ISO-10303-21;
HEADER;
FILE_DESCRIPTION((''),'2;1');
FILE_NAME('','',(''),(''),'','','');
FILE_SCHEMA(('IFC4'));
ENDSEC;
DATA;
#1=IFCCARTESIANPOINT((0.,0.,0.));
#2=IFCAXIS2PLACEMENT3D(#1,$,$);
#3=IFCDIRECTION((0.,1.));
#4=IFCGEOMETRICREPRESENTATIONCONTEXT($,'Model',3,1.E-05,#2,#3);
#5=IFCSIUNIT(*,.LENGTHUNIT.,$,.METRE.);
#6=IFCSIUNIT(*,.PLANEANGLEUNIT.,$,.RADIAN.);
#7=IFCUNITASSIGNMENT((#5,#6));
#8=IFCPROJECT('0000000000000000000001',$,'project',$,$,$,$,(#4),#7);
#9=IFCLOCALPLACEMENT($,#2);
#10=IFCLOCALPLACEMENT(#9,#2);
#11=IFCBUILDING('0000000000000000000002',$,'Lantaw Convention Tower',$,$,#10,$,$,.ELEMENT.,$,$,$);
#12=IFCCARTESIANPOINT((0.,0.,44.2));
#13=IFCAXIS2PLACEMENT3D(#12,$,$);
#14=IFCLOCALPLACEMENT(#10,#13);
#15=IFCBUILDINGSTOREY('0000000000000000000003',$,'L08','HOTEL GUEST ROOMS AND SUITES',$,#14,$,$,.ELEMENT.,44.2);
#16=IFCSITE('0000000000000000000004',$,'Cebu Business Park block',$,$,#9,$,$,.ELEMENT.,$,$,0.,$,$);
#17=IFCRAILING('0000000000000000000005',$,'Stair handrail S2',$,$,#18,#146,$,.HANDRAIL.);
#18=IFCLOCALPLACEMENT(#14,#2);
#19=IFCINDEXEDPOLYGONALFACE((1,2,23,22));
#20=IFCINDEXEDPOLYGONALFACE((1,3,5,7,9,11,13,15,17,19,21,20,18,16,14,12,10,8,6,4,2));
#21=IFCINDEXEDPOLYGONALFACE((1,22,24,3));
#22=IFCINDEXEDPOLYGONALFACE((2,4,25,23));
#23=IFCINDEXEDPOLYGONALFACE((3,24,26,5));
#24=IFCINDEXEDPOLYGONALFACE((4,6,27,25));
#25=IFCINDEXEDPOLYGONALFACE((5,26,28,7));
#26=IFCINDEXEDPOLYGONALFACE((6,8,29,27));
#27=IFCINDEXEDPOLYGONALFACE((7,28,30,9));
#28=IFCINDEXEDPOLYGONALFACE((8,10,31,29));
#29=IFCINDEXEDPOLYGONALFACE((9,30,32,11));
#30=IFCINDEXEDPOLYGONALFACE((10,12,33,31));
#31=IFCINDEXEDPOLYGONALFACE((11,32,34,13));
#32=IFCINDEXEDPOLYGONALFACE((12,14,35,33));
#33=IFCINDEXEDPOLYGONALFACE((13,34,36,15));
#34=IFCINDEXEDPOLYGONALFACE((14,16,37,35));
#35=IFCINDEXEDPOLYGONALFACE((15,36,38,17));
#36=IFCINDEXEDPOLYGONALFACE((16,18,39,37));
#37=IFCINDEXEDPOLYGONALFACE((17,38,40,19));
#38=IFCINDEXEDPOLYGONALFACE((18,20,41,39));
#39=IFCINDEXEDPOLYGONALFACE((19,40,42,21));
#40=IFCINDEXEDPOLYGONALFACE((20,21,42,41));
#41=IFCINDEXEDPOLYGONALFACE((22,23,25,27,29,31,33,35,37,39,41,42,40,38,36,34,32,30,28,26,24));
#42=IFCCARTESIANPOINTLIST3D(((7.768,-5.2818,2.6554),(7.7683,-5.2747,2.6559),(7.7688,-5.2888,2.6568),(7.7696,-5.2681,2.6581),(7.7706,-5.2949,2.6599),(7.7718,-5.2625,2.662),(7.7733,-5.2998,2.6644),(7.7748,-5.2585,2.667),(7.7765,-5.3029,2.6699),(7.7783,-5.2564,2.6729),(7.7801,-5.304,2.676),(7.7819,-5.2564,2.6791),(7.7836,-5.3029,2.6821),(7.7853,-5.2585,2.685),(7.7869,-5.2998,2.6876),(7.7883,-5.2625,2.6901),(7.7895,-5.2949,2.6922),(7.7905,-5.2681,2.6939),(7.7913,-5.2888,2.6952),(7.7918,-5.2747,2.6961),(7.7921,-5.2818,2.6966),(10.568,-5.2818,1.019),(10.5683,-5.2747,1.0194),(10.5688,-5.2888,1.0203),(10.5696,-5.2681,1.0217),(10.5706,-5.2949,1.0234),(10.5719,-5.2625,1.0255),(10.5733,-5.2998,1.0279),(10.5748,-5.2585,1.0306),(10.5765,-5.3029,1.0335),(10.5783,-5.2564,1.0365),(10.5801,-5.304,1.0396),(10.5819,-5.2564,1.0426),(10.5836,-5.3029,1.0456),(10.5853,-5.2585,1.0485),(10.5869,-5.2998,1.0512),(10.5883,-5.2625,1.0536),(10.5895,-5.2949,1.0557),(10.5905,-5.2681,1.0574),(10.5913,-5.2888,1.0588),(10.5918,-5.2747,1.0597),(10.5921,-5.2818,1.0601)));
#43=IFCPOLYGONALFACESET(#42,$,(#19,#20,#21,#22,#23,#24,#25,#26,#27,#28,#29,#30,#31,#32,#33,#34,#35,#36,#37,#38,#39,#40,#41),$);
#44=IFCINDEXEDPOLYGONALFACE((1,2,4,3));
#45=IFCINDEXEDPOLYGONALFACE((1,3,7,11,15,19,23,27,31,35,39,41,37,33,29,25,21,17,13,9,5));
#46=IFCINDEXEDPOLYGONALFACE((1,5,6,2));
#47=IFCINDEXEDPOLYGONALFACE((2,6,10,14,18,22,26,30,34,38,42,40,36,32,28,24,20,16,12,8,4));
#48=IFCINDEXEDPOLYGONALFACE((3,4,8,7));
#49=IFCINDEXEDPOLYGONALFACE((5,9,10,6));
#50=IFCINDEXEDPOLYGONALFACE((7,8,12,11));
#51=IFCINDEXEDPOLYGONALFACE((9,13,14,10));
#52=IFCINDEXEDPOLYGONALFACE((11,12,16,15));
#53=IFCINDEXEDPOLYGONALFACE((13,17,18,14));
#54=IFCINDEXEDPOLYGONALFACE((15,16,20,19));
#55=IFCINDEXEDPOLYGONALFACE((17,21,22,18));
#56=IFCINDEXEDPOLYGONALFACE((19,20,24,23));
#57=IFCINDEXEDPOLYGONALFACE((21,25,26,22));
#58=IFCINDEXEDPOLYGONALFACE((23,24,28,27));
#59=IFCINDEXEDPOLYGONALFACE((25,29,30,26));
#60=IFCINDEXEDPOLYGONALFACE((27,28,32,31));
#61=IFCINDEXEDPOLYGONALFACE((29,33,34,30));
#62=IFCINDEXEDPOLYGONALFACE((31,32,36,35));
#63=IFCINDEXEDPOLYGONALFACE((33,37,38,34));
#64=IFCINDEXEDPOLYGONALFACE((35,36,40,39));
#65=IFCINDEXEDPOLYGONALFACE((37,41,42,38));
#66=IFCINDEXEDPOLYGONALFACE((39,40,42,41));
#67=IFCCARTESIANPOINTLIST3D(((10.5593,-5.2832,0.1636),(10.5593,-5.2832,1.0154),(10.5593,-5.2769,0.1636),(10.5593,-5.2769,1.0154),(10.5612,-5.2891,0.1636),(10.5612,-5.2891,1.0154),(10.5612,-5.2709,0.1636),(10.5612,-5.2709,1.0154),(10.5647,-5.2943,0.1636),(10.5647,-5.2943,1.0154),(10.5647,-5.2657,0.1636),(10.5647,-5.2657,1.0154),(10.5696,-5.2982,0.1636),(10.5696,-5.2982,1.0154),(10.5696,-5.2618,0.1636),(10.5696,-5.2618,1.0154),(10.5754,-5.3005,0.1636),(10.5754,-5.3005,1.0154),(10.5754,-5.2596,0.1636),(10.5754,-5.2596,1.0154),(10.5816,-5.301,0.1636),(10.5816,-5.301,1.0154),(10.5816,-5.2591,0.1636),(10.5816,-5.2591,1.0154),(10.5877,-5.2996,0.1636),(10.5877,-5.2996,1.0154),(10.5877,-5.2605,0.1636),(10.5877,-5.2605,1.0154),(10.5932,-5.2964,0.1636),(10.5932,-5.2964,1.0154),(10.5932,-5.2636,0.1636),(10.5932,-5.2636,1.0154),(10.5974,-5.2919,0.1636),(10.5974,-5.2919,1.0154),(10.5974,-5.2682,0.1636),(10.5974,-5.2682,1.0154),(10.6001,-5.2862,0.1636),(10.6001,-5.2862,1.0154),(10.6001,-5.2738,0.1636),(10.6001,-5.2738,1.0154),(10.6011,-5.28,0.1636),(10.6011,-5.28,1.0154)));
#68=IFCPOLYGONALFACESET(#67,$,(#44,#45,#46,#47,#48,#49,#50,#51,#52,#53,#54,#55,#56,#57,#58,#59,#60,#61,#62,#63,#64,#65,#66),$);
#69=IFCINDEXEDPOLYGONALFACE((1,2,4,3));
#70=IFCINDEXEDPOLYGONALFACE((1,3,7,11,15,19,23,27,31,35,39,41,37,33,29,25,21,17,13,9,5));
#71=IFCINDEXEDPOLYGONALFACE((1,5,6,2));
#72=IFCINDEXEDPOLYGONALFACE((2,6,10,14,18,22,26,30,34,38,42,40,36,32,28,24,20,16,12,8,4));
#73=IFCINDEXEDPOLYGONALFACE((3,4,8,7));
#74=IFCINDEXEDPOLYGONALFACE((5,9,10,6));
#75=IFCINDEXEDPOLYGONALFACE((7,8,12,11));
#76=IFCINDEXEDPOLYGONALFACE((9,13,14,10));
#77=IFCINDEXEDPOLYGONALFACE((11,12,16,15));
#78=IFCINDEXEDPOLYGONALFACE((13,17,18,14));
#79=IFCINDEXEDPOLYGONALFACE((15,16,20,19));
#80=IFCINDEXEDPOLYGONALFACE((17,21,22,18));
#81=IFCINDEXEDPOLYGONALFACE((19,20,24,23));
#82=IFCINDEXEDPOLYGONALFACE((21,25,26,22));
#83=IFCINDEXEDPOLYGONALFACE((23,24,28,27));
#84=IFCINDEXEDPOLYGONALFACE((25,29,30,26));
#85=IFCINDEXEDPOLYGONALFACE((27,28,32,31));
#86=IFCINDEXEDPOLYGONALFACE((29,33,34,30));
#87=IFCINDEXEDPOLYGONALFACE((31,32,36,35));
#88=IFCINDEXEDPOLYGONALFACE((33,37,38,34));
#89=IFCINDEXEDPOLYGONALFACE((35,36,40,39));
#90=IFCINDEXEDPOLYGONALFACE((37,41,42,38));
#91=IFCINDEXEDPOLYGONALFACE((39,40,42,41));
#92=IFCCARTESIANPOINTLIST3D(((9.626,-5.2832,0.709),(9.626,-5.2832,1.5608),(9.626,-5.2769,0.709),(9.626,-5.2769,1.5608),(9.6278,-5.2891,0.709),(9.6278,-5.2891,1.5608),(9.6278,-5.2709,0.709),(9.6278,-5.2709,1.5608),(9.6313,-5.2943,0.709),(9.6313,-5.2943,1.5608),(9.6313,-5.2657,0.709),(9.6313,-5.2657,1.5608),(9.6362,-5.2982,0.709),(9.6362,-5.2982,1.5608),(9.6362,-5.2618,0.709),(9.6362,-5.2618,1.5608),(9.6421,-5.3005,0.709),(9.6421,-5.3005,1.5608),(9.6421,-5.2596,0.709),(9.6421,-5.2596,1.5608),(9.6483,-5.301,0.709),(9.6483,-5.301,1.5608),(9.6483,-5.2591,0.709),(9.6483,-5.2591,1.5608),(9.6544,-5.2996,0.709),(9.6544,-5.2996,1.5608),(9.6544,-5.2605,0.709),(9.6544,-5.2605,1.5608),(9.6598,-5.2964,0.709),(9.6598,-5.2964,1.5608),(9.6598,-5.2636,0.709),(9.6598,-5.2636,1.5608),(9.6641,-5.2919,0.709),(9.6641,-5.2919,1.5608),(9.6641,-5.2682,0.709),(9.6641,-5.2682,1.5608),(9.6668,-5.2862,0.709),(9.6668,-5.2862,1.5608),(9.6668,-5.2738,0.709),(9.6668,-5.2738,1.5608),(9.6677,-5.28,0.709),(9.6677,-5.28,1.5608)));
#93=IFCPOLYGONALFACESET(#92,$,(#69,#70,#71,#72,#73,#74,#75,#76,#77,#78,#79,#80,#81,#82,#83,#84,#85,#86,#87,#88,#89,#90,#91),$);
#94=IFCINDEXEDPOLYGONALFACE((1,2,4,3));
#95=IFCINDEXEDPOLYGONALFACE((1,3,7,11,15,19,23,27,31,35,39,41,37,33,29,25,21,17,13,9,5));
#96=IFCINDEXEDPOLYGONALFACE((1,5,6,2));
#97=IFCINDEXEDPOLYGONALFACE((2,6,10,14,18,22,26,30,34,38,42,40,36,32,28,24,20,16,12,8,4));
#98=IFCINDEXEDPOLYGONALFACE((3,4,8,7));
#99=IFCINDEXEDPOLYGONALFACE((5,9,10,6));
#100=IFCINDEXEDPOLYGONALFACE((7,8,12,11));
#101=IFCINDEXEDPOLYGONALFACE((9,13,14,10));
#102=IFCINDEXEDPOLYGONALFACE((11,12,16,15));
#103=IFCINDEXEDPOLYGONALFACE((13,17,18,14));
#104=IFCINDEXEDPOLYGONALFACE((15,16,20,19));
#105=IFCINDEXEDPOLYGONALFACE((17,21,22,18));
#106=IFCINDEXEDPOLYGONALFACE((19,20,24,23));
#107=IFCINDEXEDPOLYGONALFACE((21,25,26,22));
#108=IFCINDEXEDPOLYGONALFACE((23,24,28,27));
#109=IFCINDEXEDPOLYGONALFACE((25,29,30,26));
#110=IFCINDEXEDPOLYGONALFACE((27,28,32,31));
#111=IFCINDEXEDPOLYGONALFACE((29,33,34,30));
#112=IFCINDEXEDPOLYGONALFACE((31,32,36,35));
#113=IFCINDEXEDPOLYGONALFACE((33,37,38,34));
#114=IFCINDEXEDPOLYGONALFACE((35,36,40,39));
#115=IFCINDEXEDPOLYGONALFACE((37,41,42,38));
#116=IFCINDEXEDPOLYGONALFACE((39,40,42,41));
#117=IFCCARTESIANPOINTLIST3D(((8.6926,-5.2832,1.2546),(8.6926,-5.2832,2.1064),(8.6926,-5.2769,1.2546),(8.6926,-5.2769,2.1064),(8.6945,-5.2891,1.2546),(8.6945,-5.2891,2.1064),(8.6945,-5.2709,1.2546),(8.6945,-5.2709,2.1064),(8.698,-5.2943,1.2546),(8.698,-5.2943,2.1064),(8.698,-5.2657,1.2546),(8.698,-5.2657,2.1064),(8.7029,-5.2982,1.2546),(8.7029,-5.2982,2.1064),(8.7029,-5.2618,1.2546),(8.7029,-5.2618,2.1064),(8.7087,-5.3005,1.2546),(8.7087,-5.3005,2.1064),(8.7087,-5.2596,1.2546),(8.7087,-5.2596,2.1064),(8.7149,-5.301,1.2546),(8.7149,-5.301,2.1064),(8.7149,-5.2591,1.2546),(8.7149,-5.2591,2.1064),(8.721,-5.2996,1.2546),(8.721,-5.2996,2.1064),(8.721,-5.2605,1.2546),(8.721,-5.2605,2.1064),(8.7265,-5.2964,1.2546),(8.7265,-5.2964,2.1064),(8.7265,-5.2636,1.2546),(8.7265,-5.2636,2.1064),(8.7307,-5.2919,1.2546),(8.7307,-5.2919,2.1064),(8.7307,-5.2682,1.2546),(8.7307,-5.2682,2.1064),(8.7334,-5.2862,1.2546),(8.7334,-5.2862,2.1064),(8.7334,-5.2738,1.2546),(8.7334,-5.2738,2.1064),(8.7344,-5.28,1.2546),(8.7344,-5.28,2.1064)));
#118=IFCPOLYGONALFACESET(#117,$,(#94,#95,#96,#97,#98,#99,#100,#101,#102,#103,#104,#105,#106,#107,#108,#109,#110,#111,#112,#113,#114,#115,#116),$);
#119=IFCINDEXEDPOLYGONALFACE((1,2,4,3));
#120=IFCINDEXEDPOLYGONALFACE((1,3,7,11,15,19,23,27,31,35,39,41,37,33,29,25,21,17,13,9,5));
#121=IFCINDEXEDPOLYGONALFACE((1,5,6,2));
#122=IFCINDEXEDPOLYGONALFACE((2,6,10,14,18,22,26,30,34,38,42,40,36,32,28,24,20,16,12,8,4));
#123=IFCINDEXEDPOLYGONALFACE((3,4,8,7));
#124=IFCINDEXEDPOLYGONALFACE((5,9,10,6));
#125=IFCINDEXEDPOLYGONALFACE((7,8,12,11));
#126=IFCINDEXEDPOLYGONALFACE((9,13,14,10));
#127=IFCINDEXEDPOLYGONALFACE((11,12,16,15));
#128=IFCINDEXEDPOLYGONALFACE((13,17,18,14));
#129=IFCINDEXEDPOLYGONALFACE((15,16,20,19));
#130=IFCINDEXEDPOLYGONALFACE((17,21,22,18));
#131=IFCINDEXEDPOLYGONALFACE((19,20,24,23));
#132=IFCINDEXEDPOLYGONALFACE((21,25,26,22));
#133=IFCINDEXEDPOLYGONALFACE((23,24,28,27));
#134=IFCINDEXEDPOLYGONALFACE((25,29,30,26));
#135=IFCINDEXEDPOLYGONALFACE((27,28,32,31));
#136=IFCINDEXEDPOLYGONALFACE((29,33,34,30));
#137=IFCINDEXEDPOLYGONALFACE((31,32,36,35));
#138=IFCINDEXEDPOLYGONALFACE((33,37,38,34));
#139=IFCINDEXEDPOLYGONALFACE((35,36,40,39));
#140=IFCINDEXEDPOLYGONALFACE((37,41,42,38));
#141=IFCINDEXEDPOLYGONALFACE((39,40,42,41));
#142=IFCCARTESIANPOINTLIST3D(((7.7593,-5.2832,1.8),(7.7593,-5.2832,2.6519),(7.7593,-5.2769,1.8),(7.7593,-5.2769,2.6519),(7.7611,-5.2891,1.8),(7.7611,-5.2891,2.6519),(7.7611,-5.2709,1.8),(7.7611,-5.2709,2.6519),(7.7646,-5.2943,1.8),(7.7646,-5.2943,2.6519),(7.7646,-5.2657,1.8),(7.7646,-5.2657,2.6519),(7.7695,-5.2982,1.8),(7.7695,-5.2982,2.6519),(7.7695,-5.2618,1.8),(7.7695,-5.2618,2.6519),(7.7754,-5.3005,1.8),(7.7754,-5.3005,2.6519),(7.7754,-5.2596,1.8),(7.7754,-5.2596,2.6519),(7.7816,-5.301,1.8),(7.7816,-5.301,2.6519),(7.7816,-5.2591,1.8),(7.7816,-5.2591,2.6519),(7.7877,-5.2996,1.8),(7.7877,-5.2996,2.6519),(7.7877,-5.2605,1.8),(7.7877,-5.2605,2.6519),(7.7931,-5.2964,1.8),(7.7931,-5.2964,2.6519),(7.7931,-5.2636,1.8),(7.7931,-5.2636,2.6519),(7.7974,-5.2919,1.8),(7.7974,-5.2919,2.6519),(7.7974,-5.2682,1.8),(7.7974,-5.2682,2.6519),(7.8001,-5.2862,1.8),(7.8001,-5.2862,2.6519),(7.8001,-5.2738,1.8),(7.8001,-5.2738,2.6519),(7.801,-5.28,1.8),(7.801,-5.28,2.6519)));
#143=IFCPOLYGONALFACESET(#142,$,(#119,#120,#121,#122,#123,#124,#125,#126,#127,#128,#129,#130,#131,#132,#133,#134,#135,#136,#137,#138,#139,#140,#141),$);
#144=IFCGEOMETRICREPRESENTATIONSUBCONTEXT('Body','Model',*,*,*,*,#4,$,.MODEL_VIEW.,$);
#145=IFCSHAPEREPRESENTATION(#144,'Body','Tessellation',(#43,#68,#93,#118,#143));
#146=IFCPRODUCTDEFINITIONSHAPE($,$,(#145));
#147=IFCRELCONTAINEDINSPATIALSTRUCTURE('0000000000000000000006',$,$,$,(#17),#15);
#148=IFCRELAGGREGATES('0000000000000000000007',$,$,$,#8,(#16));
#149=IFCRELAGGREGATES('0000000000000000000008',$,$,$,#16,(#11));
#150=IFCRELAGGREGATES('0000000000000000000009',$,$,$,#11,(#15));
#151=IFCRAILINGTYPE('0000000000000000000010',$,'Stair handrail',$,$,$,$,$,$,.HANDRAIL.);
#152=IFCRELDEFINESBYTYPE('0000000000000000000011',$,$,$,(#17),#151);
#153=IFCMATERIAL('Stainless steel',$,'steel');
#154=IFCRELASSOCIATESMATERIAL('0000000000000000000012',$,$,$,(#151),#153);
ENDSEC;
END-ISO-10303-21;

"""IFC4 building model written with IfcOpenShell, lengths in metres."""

from ifc_helpers import new_model, si_unit, direction, frame, origin, origin_2d, place, context, subcontext, project, spatial, circle, extrude, material, type_object, element, save


model = new_model("IFC4")

# Units and contexts
model_context = context("Model", 3, precision=1e-05, world=origin(), true_north=direction((0.0, 1.0)))
body_context = subcontext(model_context, "Body", "Model", "MODEL_VIEW")
ifc_project = project(units=[si_unit("LENGTHUNIT", "METRE"), si_unit("PLANEANGLEUNIT", "RADIAN")], contexts=[model_context])

# Site, building, storey
site_placement = place(None, origin())
site = spatial("IfcSite", under=ifc_project, at=site_placement, Name="Cebu Business Park block", CompositionType="ELEMENT", RefElevation=0.0)
building_placement = place(site_placement, origin())
building = spatial("IfcBuilding", under=site, at=building_placement, Name="Lantaw Convention Tower", CompositionType="ELEMENT")
storey_placement = place(building_placement, frame((0.0, 0.0, 44.2)))
storey = spatial("IfcBuildingStorey", under=building, at=storey_placement, Name="L08", Description="HOTEL GUEST ROOMS AND SUITES", CompositionType="ELEMENT", Elevation=44.2)

# Railing
ifc_material_1 = material(Name="Stainless steel", Category="steel")
railing_type = type_object("IfcRailingType", Name="Stair handrail", PredefinedType="HANDRAIL", material=ifc_material_1)
railing_1_placement = place(storey_placement, frame((10.5801, -5.28, 0.1636)))
element("IfcRailing", 1, at=railing_1_placement, inside=storey, type_object=railing_type, Name="Stair handrail S2", PredefinedType="HANDRAIL", context=body_context, shape_type="SweptSolid", body=[
    extrude(circle(Radius=0.0239, at=origin_2d()), frame((0.0, 0.0, 0.876), z_axis=(-0.863361, 0.0, 0.504587), x_axis=(0.0, -1.0, 0.0)), (0.0, 0.0, 1.0), 3.2432),
    extrude(circle(Radius=0.021, at=origin_2d()), origin(), (0.0, 0.0, 1.0), 0.8518),
    extrude(circle(Radius=0.021, at=origin_2d()), frame((-0.9333, 0.0, 0.5454)), (0.0, 0.0, 1.0), 0.8518),
    extrude(circle(Radius=0.021, at=origin_2d()), frame((-1.8667, 0.0, 1.0911)), (0.0, 0.0, 1.0), 0.8518),
    extrude(circle(Radius=0.021, at=origin_2d()), frame((-2.8, 0.0, 1.6365)), (0.0, 0.0, 1.0), 0.8518),
])

save(model, "model.ifc")
